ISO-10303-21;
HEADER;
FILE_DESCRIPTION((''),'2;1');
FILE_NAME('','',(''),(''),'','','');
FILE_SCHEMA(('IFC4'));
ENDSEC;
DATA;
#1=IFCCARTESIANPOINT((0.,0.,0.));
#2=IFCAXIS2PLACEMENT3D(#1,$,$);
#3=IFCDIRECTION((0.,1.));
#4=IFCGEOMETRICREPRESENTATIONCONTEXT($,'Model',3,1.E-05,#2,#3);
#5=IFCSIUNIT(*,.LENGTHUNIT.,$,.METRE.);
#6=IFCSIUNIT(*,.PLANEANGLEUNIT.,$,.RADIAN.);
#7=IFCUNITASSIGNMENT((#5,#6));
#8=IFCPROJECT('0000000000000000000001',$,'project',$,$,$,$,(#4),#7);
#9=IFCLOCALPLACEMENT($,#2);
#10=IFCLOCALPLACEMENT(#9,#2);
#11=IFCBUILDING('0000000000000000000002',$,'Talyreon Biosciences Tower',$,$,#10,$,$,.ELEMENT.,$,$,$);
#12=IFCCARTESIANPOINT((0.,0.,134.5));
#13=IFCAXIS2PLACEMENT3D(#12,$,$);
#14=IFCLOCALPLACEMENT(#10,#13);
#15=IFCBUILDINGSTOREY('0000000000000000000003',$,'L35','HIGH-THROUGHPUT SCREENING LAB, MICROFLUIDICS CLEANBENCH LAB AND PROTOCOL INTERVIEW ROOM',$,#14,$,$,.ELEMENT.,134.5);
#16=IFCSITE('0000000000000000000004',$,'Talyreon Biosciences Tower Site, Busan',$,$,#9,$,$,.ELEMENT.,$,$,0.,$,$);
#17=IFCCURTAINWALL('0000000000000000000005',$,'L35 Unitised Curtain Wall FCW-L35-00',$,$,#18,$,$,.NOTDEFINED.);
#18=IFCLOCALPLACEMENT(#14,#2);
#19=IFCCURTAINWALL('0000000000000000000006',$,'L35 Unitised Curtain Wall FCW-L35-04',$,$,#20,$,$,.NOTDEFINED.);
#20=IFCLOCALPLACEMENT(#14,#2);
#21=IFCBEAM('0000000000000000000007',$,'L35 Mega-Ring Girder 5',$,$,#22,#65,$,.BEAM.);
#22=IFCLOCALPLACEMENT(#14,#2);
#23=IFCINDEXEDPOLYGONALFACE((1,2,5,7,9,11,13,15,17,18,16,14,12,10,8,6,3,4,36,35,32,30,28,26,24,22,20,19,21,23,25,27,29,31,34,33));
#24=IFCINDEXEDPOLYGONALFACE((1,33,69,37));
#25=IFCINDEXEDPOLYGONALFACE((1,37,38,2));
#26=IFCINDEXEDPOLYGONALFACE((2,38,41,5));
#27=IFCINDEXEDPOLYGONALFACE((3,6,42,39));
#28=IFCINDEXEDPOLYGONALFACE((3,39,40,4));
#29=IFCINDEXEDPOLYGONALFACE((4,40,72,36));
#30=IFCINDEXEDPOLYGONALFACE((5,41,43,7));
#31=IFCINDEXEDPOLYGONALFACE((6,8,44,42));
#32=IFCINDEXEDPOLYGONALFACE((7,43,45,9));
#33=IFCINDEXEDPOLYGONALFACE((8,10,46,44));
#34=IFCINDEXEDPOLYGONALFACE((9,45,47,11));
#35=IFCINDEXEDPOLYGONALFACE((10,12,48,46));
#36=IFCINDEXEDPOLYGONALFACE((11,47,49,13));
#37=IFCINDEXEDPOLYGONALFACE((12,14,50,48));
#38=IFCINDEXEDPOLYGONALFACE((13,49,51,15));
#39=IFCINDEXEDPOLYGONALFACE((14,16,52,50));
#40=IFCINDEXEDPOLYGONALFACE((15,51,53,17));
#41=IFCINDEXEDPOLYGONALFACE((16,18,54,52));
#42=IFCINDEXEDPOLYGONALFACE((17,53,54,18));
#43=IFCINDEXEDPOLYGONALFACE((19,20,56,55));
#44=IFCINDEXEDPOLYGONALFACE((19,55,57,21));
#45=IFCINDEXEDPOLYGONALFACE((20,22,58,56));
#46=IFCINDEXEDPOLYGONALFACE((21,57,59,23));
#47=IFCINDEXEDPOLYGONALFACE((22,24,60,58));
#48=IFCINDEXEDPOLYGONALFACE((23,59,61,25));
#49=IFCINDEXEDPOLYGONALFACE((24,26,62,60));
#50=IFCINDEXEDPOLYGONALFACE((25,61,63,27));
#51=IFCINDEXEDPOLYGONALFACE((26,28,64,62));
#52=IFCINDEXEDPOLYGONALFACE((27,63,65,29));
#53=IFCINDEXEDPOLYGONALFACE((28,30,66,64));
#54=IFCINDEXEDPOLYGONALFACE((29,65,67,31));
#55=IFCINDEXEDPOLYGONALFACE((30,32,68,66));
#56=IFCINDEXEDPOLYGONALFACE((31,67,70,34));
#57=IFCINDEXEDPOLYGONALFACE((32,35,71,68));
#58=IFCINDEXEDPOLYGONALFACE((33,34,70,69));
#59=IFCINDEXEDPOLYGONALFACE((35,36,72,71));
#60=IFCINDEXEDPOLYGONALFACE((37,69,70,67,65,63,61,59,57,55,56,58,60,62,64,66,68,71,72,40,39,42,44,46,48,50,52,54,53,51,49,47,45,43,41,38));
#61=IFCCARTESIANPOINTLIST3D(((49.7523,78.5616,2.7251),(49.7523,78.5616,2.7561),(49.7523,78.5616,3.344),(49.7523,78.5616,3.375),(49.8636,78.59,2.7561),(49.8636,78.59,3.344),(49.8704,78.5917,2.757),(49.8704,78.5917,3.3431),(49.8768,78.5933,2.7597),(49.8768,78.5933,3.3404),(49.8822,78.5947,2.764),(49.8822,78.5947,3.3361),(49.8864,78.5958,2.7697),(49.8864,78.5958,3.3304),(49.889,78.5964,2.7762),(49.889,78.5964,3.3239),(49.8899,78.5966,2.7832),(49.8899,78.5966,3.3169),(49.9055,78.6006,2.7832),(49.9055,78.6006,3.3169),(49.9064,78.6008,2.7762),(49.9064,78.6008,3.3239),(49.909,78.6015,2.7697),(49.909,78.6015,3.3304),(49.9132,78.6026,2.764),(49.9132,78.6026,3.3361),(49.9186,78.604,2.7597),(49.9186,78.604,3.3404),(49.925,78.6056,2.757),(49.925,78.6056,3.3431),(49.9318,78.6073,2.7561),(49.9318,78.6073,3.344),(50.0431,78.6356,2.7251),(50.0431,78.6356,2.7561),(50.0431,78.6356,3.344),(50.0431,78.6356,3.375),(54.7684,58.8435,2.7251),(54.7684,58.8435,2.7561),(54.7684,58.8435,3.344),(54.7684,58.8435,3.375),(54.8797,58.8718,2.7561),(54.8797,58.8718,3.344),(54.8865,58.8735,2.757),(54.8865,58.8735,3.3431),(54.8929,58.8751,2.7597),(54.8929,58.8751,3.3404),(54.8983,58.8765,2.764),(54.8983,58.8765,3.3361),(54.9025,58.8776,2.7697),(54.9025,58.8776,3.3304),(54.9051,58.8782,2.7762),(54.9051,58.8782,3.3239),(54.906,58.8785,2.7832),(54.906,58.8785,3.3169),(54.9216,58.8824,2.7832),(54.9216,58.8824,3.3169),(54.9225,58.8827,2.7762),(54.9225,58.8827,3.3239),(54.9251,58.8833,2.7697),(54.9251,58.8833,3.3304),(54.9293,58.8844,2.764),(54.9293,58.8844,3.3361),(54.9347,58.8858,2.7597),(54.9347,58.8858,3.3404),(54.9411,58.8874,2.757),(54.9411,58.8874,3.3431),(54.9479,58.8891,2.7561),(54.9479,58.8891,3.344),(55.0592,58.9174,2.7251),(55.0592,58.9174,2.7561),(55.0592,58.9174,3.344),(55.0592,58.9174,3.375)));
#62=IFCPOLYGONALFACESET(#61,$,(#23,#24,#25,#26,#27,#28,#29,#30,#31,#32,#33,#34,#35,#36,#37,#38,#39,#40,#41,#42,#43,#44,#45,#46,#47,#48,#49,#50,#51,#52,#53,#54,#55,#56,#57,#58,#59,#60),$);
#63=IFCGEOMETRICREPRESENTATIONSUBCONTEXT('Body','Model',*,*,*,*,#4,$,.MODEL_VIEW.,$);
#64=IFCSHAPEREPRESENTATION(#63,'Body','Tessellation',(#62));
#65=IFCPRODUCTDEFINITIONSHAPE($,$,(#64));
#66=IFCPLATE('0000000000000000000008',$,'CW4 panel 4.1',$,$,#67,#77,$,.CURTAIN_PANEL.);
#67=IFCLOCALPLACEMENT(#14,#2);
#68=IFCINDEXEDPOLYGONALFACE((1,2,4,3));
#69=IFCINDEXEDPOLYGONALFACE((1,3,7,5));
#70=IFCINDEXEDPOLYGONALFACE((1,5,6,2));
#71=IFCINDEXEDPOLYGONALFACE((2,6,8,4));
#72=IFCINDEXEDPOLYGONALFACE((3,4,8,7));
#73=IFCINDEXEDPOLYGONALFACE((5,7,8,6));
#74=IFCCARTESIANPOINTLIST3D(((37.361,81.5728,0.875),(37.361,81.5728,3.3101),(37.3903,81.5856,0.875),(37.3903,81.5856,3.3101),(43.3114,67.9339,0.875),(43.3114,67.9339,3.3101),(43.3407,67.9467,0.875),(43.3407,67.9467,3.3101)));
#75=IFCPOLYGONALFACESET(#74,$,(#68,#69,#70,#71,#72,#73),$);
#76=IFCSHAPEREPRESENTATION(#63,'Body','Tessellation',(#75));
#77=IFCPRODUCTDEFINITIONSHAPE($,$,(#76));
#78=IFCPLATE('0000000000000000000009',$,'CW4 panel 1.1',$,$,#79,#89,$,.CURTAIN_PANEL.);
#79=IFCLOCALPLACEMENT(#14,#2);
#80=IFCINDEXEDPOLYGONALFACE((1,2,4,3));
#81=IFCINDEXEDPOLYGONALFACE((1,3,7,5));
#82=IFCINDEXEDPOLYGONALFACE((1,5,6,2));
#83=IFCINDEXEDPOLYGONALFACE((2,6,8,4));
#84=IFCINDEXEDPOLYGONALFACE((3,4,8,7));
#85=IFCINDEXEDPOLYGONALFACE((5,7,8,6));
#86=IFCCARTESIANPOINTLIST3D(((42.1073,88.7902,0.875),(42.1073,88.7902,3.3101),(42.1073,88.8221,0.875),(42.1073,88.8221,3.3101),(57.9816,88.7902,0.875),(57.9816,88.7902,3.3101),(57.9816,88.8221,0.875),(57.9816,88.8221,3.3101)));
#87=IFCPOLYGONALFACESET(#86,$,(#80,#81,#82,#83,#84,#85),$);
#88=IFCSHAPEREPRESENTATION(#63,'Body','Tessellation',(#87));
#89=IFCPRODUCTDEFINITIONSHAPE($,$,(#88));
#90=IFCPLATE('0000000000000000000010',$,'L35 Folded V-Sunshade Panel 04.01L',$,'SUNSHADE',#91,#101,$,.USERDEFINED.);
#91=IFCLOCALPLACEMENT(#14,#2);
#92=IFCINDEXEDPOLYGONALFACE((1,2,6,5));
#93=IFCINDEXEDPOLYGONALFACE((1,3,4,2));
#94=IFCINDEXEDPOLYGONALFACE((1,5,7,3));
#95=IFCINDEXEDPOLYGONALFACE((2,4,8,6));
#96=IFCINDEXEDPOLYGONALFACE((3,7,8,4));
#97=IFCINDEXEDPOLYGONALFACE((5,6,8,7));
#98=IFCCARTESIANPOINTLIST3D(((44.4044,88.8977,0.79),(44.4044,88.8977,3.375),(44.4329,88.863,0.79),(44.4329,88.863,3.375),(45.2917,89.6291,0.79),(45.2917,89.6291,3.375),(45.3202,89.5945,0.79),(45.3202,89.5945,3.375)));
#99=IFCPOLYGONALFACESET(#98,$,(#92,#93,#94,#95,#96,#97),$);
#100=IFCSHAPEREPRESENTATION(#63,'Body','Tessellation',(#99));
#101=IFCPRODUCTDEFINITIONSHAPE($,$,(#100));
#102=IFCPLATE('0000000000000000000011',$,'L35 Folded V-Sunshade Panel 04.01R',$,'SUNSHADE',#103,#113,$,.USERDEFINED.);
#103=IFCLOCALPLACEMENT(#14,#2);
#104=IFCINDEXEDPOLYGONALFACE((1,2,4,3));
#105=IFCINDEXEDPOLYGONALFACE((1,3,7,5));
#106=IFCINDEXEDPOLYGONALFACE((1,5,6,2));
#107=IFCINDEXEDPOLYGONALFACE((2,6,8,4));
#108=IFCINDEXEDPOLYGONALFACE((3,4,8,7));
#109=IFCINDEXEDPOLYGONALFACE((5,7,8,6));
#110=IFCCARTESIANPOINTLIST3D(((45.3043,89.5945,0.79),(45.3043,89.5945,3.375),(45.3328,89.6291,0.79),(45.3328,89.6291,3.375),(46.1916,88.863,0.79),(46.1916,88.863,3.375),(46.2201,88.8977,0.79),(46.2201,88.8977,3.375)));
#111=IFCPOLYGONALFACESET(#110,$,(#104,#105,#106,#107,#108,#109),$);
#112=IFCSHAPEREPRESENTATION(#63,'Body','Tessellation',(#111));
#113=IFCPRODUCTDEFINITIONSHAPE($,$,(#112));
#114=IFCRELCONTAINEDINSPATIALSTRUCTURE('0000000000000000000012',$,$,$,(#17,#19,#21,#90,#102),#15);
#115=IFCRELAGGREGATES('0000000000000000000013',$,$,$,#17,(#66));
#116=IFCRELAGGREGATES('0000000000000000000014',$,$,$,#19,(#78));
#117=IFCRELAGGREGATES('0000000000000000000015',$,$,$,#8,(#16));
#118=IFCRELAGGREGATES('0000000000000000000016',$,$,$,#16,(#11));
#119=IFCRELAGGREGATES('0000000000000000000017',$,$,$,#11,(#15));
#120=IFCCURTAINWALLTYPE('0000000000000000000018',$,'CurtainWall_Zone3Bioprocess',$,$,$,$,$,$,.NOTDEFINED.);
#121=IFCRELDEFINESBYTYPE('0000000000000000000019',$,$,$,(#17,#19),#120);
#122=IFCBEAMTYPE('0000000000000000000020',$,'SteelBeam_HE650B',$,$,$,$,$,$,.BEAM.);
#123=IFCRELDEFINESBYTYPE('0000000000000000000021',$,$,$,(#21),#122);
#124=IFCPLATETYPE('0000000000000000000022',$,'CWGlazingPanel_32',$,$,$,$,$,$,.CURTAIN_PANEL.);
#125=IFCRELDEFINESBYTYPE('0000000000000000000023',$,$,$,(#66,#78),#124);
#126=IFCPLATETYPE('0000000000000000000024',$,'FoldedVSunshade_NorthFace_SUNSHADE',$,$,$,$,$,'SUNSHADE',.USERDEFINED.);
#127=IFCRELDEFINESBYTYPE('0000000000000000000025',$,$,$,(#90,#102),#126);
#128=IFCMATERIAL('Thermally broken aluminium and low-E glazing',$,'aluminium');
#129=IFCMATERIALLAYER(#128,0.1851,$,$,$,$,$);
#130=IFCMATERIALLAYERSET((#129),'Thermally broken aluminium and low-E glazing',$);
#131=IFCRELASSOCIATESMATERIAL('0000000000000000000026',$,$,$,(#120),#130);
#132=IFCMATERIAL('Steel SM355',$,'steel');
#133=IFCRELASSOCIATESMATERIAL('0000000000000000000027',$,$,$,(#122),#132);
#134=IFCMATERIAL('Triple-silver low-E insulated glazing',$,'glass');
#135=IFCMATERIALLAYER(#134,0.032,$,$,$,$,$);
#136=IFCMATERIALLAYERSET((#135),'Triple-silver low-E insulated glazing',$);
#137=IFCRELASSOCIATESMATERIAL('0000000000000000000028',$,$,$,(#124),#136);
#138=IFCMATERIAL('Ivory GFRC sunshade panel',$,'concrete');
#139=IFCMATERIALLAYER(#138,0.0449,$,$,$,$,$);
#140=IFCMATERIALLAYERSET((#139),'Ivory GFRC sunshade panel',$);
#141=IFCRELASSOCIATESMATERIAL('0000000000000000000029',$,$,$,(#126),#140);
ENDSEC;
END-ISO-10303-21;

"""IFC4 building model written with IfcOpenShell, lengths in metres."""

from ifc_helpers import new_model, si_unit, direction, frame, origin, origin_2d, place, context, subcontext, project, spatial, rectangle, i_section, extrude, material, layer, layer_set, material_profile, profile_set, type_object, element, aggregate, save


model = new_model("IFC4")

# Units and contexts
model_context = context("Model", 3, precision=1e-05, world=origin(), true_north=direction((0.0, 1.0)))
body_context = subcontext(model_context, "Body", "Model", "MODEL_VIEW")
ifc_project = project(units=[si_unit("LENGTHUNIT", "METRE"), si_unit("PLANEANGLEUNIT", "RADIAN")], contexts=[model_context])

# Site, building, storey
site_placement = place(None, origin())
site = spatial("IfcSite", under=ifc_project, at=site_placement, Name="Talyreon Biosciences Tower Site, Busan", CompositionType="ELEMENT", RefElevation=0.0)
building_placement = place(site_placement, origin())
building = spatial("IfcBuilding", under=site, at=building_placement, Name="Talyreon Biosciences Tower", CompositionType="ELEMENT")
storey_placement = place(building_placement, frame((0.0, 0.0, 134.5)))
storey = spatial("IfcBuildingStorey", under=building, at=storey_placement, Name="L35", Description="HIGH-THROUGHPUT SCREENING LAB, MICROFLUIDICS CLEANBENCH LAB AND PROTOCOL INTERVIEW ROOM", CompositionType="ELEMENT", Elevation=134.5)

# Curtain wall
ifc_material_1 = material(Name="Thermally broken aluminium and low-E glazing", Category="aluminium")
ifc_layer_1 = layer(ifc_material_1, 0.1851)
ifc_layer_set_1 = layer_set([ifc_layer_1], Name="Thermally broken aluminium and low-E glazing")
curtain_wall_type = type_object("IfcCurtainWallType", Name="CurtainWall_Zone3Bioprocess", PredefinedType="NOTDEFINED", material=ifc_layer_set_1)
curtain_wall_1_placement = place(storey_placement, origin())
curtain_wall_1 = element("IfcCurtainWall", 1, at=curtain_wall_1_placement, inside=storey, type_object=curtain_wall_type, Name="L35 Unitised Curtain Wall FCW-L35-00", PredefinedType="NOTDEFINED")

# Curtain wall
curtain_wall_2_placement = place(storey_placement, origin())
curtain_wall_2 = element("IfcCurtainWall", 2, at=curtain_wall_2_placement, inside=storey, type_object=curtain_wall_type, Name="L35 Unitised Curtain Wall FCW-L35-04", PredefinedType="NOTDEFINED")

# Beam
ifc_material_2 = material(Name="Steel SM355", Category="steel")
ifc_material_profile_1 = material_profile(ifc_material_2, i_section(OverallWidth=0.3, OverallDepth=0.6499, WebThickness=0.0161, FlangeThickness=0.031, FilletRadius=0.0271, at=origin_2d()), Name="HE650B")
ifc_profile_set_1 = profile_set([ifc_material_profile_1], Name="Steel SM355")
beam_type_1 = type_object("IfcBeamType", Name="SteelBeam_HE650B", PredefinedType="BEAM", material=ifc_profile_set_1)
beam_1_placement = place(storey_placement, frame((49.8977, 78.5986, 3.05), z_axis=(0.246537, -0.969133, 0.0), x_axis=(0.969133, 0.246537, 0.0)))
element("IfcBeam", 3, at=beam_1_placement, inside=storey, type_object=beam_type_1, Name="L35 Mega-Ring Girder 5", PredefinedType="BEAM", context=body_context, shape_type="SweptSolid", body=[
    extrude(i_section(OverallWidth=0.3, OverallDepth=0.6499, WebThickness=0.0161, FlangeThickness=0.031, FilletRadius=0.0271, at=origin_2d()), origin(), (0.0, 0.0, 1.0), 20.3462),
])

# Plates
ifc_material_3 = material(Name="Triple-silver low-E insulated glazing", Category="glass")
ifc_layer_2 = layer(ifc_material_3, 0.032)
ifc_layer_set_2 = layer_set([ifc_layer_2], Name="Triple-silver low-E insulated glazing")
plate_type_1 = type_object("IfcPlateType", Name="CWGlazingPanel_32", PredefinedType="CURTAIN_PANEL", material=ifc_layer_set_2)
plate_1_placement = place(storey_placement, frame((40.3508, 74.7598, 0.875), z_axis=(0.0, 0.0, 1.0), x_axis=(-0.399882, 0.916566, 0.0)))
plate_1 = element("IfcPlate", 4, at=plate_1_placement, type_object=plate_type_1, Name="CW4 panel 4.1", PredefinedType="CURTAIN_PANEL", context=body_context, shape_type="SweptSolid", body=[
    extrude(rectangle(XDim=14.8804, YDim=0.032, at=origin_2d()), origin(), (0.0, 0.0, 1.0), 2.4351),
])
aggregate(curtain_wall_1, [plate_1])
plate_2_placement = place(storey_placement, frame((50.0444, 88.8062, 0.875), z_axis=(0.0, 0.0, 1.0), x_axis=(1.0, 0.0, 0.0)))
plate_2 = element("IfcPlate", 5, at=plate_2_placement, type_object=plate_type_1, Name="CW4 panel 1.1", PredefinedType="CURTAIN_PANEL", context=body_context, shape_type="SweptSolid", body=[
    extrude(rectangle(XDim=15.8743, YDim=0.032, at=origin_2d()), origin(), (0.0, 0.0, 1.0), 2.4351),
])
aggregate(curtain_wall_2, [plate_2])

# Plates
ifc_material_4 = material(Name="Ivory GFRC sunshade panel", Category="concrete")
ifc_layer_3 = layer(ifc_material_4, 0.0449)
ifc_layer_set_3 = layer_set([ifc_layer_3], Name="Ivory GFRC sunshade panel")
plate_type_2 = type_object("IfcPlateType", Name="FoldedVSunshade_NorthFace_SUNSHADE", ElementType="SUNSHADE", PredefinedType="USERDEFINED", material=ifc_layer_set_3)
for number, where, z_axis, x_axis, name in (
    (6, (44.8623, 89.2461, 0.79), (0.0, 0.0, 1.0), (0.771625, 0.636078, 0.0), "L35 Folded V-Sunshade Panel 04.01L"),
    (7, (45.7622, 89.2461, 0.79), (0.0, 0.0, 1.0), (0.771625, -0.636078, 0.0), "L35 Folded V-Sunshade Panel 04.01R"),
):
    element("IfcPlate", number, at=place(storey_placement, frame(where, z_axis=z_axis, x_axis=x_axis)), inside=storey, type_object=plate_type_2, Name=name, ObjectType="SUNSHADE", PredefinedType="USERDEFINED", context=body_context, shape_type="SweptSolid", body=[
        extrude(rectangle(XDim=1.1499, YDim=0.0449, at=origin_2d()), origin(), (0.0, 0.0, 1.0), 2.585),
    ])

save(model, "model.ifc")
